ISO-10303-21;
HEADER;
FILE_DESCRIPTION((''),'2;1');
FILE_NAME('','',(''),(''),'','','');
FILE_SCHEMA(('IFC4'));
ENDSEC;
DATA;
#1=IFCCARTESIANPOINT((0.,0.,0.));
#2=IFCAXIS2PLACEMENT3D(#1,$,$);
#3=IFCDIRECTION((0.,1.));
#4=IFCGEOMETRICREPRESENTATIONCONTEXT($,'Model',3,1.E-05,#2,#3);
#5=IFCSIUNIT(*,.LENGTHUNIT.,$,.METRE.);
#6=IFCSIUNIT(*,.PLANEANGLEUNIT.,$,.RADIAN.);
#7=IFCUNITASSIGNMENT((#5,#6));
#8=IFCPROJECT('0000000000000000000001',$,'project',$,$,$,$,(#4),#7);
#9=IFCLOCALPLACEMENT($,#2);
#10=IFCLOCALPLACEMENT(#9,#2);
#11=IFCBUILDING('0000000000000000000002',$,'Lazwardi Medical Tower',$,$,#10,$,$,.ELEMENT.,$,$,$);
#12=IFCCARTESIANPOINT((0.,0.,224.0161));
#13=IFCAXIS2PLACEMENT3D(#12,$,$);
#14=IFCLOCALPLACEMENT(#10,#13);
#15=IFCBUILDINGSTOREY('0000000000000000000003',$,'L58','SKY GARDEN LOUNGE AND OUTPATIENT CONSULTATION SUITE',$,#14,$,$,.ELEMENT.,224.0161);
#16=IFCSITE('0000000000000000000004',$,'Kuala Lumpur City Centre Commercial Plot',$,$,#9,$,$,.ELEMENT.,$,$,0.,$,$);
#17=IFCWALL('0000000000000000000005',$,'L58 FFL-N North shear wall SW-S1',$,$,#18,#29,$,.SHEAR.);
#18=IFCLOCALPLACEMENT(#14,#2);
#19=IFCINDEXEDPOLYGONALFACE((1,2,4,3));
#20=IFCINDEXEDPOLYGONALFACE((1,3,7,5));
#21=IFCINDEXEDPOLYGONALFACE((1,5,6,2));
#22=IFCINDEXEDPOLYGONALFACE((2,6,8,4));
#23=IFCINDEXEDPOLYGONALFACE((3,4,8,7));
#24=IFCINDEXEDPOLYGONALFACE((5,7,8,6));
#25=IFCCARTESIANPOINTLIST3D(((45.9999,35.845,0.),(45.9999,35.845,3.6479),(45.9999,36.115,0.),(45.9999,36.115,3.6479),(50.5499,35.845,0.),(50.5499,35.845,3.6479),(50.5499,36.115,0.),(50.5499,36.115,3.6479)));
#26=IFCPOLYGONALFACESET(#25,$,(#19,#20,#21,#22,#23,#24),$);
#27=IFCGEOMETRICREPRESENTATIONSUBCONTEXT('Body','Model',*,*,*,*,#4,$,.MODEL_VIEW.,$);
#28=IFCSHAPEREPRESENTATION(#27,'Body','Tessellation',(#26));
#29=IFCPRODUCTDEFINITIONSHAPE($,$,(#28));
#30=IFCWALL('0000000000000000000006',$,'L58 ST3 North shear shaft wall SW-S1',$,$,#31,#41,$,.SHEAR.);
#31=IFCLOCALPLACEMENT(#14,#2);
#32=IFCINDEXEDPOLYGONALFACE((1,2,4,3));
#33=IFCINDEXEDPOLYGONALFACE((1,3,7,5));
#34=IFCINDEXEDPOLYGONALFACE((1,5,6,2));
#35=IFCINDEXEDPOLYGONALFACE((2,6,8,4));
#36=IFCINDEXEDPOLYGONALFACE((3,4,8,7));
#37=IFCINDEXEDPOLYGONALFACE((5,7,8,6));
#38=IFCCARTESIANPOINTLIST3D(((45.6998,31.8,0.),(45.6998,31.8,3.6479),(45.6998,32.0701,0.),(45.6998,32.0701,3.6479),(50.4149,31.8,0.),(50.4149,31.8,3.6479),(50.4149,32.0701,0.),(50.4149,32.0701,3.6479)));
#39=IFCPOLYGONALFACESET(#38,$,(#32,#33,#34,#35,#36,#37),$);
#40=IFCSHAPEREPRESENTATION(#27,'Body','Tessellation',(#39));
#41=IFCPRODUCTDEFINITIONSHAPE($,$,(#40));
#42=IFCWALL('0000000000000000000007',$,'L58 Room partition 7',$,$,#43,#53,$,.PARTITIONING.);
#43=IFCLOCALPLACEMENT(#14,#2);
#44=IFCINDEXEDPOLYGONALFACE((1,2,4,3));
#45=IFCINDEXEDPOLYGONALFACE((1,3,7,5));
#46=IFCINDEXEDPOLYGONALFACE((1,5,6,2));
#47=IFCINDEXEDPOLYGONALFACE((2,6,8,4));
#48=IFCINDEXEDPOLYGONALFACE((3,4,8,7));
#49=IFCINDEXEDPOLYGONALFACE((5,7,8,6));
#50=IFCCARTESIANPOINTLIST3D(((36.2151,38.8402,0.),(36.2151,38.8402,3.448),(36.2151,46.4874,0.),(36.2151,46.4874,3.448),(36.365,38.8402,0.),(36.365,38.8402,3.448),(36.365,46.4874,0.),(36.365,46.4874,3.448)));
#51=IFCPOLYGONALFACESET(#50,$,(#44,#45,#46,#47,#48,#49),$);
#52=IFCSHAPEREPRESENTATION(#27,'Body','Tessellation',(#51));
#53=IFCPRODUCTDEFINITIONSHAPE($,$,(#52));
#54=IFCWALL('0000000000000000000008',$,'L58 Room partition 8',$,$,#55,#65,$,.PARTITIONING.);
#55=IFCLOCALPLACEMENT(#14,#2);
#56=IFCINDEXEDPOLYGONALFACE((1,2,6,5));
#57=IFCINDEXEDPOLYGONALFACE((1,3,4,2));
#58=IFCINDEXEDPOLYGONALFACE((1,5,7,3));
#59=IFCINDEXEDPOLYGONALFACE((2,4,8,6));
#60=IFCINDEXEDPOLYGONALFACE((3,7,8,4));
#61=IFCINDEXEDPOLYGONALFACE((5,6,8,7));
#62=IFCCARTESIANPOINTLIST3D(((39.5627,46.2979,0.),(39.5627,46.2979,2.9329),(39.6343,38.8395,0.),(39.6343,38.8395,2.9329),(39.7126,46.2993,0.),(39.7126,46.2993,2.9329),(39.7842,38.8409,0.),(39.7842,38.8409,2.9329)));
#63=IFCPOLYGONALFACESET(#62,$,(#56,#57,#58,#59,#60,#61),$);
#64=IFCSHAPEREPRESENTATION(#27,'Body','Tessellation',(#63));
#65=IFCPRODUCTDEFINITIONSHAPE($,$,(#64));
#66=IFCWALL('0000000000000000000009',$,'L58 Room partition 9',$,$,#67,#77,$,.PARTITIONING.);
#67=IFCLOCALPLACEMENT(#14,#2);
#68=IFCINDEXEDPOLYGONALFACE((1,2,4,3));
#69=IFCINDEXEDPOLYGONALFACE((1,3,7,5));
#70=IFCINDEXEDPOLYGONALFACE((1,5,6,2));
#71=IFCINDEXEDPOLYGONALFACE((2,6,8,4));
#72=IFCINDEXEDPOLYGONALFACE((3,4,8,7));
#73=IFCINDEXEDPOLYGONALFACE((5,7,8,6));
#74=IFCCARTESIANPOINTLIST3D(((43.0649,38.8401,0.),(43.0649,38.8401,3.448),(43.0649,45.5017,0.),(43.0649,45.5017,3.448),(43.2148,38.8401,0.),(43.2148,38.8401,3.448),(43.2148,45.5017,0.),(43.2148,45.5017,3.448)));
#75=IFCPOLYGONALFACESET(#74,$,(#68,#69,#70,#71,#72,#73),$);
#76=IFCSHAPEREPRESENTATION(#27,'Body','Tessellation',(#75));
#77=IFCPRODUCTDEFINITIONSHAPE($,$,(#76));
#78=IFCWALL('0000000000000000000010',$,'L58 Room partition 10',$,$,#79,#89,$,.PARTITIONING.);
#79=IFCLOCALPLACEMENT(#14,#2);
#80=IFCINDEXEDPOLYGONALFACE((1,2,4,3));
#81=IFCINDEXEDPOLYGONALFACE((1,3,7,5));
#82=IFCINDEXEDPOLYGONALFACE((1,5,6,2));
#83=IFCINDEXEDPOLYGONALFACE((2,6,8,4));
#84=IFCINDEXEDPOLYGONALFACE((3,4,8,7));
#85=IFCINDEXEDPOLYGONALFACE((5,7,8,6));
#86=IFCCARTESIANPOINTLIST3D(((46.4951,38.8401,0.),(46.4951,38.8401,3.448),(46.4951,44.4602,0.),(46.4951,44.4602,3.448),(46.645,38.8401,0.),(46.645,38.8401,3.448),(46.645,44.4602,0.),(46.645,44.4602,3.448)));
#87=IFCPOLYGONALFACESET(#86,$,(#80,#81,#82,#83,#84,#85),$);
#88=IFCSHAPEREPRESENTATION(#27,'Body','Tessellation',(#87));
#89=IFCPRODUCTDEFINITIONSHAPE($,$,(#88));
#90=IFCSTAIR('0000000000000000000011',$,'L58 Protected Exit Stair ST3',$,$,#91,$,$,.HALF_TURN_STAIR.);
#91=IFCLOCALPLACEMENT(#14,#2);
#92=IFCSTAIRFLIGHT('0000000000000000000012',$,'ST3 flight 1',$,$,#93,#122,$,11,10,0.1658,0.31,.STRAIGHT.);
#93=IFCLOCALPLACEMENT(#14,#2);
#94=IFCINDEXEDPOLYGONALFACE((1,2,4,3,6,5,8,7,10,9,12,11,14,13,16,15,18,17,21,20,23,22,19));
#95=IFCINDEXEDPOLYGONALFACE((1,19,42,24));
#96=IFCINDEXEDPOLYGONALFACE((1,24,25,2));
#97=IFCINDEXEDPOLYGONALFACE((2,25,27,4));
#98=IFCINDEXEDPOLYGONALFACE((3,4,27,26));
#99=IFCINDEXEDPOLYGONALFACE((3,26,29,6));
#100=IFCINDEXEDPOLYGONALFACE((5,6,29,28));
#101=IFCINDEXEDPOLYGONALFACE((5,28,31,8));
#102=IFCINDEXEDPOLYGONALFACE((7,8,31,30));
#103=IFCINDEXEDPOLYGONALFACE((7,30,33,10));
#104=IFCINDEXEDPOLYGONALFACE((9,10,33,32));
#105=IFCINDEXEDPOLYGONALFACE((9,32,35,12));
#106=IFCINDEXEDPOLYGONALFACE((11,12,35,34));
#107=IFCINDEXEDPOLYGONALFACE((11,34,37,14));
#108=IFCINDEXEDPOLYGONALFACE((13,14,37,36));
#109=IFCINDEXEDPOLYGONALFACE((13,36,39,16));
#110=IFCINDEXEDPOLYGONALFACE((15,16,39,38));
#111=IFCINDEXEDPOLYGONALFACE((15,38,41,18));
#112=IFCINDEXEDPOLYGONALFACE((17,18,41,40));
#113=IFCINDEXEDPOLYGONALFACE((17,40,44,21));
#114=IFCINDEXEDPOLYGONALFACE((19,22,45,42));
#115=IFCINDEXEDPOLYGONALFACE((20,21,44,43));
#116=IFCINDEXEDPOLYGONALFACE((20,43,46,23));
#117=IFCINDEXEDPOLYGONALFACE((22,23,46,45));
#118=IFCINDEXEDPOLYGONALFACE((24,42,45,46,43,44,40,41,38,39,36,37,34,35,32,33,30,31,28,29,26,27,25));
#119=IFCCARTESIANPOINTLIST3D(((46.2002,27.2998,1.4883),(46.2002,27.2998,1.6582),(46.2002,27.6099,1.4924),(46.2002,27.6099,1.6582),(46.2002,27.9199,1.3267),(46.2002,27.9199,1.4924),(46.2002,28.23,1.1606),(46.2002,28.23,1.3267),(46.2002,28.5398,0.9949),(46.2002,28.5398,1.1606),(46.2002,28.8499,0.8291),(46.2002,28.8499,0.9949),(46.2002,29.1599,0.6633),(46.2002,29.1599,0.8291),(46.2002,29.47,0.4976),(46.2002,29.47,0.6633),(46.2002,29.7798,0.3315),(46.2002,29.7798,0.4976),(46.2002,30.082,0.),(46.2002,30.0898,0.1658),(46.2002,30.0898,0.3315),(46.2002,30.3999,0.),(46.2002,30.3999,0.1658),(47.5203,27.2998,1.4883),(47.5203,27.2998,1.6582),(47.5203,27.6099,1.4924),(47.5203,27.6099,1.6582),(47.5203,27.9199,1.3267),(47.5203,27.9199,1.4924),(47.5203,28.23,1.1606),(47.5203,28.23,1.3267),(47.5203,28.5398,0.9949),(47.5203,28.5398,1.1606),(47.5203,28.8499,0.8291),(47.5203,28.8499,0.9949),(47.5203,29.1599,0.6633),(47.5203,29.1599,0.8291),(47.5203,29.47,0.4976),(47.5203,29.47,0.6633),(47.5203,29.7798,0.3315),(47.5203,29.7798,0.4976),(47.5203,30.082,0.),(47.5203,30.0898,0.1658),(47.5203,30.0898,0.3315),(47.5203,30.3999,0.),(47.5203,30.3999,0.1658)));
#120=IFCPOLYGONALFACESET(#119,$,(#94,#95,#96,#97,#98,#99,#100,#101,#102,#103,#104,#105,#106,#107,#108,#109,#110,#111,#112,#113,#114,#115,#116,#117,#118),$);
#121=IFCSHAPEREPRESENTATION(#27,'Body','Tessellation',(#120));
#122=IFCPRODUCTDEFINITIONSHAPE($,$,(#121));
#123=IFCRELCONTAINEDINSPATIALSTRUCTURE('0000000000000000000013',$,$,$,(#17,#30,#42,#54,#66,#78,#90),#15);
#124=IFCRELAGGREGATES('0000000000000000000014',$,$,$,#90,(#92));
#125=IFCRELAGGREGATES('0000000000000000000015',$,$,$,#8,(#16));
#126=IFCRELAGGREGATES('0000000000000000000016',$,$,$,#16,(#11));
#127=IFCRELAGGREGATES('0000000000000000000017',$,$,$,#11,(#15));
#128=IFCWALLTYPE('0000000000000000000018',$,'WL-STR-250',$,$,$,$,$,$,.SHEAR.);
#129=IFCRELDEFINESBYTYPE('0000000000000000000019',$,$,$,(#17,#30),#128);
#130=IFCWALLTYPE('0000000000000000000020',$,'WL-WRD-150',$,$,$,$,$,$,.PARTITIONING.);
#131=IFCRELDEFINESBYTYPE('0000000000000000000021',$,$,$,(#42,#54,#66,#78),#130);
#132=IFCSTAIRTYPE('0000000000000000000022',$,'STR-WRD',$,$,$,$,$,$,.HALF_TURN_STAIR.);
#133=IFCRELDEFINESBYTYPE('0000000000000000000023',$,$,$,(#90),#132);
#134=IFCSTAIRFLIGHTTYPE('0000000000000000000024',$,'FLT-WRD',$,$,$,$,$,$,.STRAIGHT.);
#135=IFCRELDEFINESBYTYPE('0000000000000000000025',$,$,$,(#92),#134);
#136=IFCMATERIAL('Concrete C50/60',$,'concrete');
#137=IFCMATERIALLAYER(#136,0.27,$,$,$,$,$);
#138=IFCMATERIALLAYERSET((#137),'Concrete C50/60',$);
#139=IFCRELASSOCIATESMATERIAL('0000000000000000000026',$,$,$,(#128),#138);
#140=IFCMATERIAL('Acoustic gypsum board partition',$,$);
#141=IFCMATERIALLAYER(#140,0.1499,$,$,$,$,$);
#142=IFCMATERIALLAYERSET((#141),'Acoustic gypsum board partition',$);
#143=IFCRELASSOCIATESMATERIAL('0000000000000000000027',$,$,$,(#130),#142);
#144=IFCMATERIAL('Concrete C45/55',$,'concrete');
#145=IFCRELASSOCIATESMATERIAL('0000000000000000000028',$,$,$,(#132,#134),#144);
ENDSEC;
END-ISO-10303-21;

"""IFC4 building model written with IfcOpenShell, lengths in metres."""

from ifc_helpers import new_model, si_unit, direction, frame, frame_2d, origin, place, context, subcontext, project, spatial, polyline, rectangle, outline, extrude, material, layer, layer_set, type_object, element, aggregate, save


model = new_model("IFC4")

# Units and contexts
model_context = context("Model", 3, precision=1e-05, world=origin(), true_north=direction((0.0, 1.0)))
body_context = subcontext(model_context, "Body", "Model", "MODEL_VIEW")
ifc_project = project(units=[si_unit("LENGTHUNIT", "METRE"), si_unit("PLANEANGLEUNIT", "RADIAN")], contexts=[model_context])

# Site, building, storey
site_placement = place(None, origin())
site = spatial("IfcSite", under=ifc_project, at=site_placement, Name="Kuala Lumpur City Centre Commercial Plot", CompositionType="ELEMENT", RefElevation=0.0)
building_placement = place(site_placement, origin())
building = spatial("IfcBuilding", under=site, at=building_placement, Name="Lazwardi Medical Tower", CompositionType="ELEMENT")
storey_placement = place(building_placement, frame((0.0, 0.0, 224.0161)))
storey = spatial("IfcBuildingStorey", under=building, at=storey_placement, Name="L58", Description="SKY GARDEN LOUNGE AND OUTPATIENT CONSULTATION SUITE", CompositionType="ELEMENT", Elevation=224.0161)

# Shared definitions
ifc_material_1 = material(Name="Concrete C50/60", Category="concrete")
ifc_layer_1 = layer(ifc_material_1, 0.27)
ifc_layer_set_1 = layer_set([ifc_layer_1], Name="Concrete C50/60")
wall_type_1 = type_object("IfcWallType", Name="WL-STR-250", PredefinedType="SHEAR", material=ifc_layer_set_1)

# Walls
wall_1_placement = place(storey_placement, frame((46.0, 35.98, 0.0), z_axis=(0.0, 0.0, 1.0), x_axis=(1.0, 0.0, 0.0)))
element("IfcWall", 1, at=wall_1_placement, inside=storey, type_object=wall_type_1, Name="L58 FFL-N North shear wall SW-S1", PredefinedType="SHEAR", context=body_context, shape_type="SweptSolid", body=[
    extrude(rectangle(XDim=4.55, YDim=0.27, at=frame_2d((2.2749, 0.0))), origin(), (0.0, 0.0, 1.0), 3.6479),
])
wall_2_placement = place(storey_placement, frame((45.7, 31.9351, 0.0), z_axis=(0.0, 0.0, 1.0), x_axis=(1.0, 0.0, 0.0)))
element("IfcWall", 2, at=wall_2_placement, inside=storey, type_object=wall_type_1, Name="L58 ST3 North shear shaft wall SW-S1", PredefinedType="SHEAR", context=body_context, shape_type="SweptSolid", body=[
    extrude(rectangle(XDim=4.7151, YDim=0.27, at=frame_2d((2.3574, 0.0))), origin(), (0.0, 0.0, 1.0), 3.6479),
])
ifc_material_2 = material(Name="Acoustic gypsum board partition")
ifc_layer_2 = layer(ifc_material_2, 0.1499)
ifc_layer_set_2 = layer_set([ifc_layer_2], Name="Acoustic gypsum board partition")
wall_type_2 = type_object("IfcWallType", Name="WL-WRD-150", PredefinedType="PARTITIONING", material=ifc_layer_set_2)
wall_3_placement = place(storey_placement, frame((36.29, 38.8401, 0.0), z_axis=(0.0, 0.0, 1.0), x_axis=(0.0, 1.0, 0.0)))
element("IfcWall", 3, at=wall_3_placement, inside=storey, type_object=wall_type_2, Name="L58 Room partition 7", PredefinedType="PARTITIONING", context=body_context, shape_type="SweptSolid", body=[
    extrude(rectangle(XDim=7.6472, YDim=0.1499, at=frame_2d((3.8237, 0.0))), origin(), (0.0, 0.0, 1.0), 3.448),
])
wall_4_placement = place(storey_placement, frame((39.7092, 38.8401, 0.0), z_axis=(0.0, 0.0, 1.0), x_axis=(-0.00959, 0.999954, 0.0)))
element("IfcWall", 4, at=wall_4_placement, inside=storey, type_object=wall_type_2, Name="L58 Room partition 8", PredefinedType="PARTITIONING", context=body_context, shape_type="SweptSolid", body=[
    extrude(rectangle(XDim=7.4587, YDim=0.1499, at=frame_2d((3.7295, 0.0))), origin(), (0.0, 0.0, 1.0), 2.9329),
])
wall_5_placement = place(storey_placement, frame((43.1399, 38.8401, 0.0), z_axis=(0.0, 0.0, 1.0), x_axis=(0.0, 1.0, 0.0)))
element("IfcWall", 5, at=wall_5_placement, inside=storey, type_object=wall_type_2, Name="L58 Room partition 9", PredefinedType="PARTITIONING", context=body_context, shape_type="SweptSolid", body=[
    extrude(rectangle(XDim=6.6616, YDim=0.1499, at=frame_2d((3.3308, 0.0))), origin(), (0.0, 0.0, 1.0), 3.448),
])
wall_6_placement = place(storey_placement, frame((46.5701, 38.8401, 0.0), z_axis=(0.0, 0.0, 1.0), x_axis=(0.0, 1.0, 0.0)))
element("IfcWall", 6, at=wall_6_placement, inside=storey, type_object=wall_type_2, Name="L58 Room partition 10", PredefinedType="PARTITIONING", context=body_context, shape_type="SweptSolid", body=[
    extrude(rectangle(XDim=5.6201, YDim=0.1499, at=frame_2d((2.8101, 0.0))), origin(), (0.0, 0.0, 1.0), 3.448),
])

# Stair, stair flight
ifc_material_3 = material(Name="Concrete C45/55", Category="concrete")
stair_type = type_object("IfcStairType", Name="STR-WRD", PredefinedType="HALF_TURN_STAIR", material=ifc_material_3)
stair_placement = place(storey_placement, origin())
stair = element("IfcStair", 7, at=stair_placement, inside=storey, type_object=stair_type, Name="L58 Protected Exit Stair ST3", PredefinedType="HALF_TURN_STAIR")
stair_flight_type = type_object("IfcStairFlightType", Name="FLT-WRD", PredefinedType="STRAIGHT", material=ifc_material_3)
stair_flight_placement = place(storey_placement, frame((46.8601, 30.3999, 0.0), z_axis=(0.0, 0.0, 1.0), x_axis=(0.0, -1.0, 0.0)))
stair_flight = element("IfcStairFlight", 8, at=stair_flight_placement, type_object=stair_flight_type, Name="ST3 flight 1", NumberOfRisers=11, NumberOfTreads=10, PredefinedType="STRAIGHT", RiserHeight=0.1658, TreadLength=0.31, context=body_context, shape_type="SweptSolid", body=[
    extrude(outline(polyline([(0.0, 0.0), (0.0, 0.1658), (0.3101, 0.1658), (0.3101, 0.3315), (0.6201, 0.3315), (0.6201, 0.4976), (0.9299, 0.4976), (0.9299, 0.6633), (1.24, 0.6633), (1.24, 0.8291), (1.55, 0.8291), (1.55, 0.9949), (1.8601, 0.9949), (1.8601, 1.1606), (2.1699, 1.1606), (2.1699, 1.3267), (2.48, 1.3267), (2.48, 1.4924), (2.79, 1.4924), (2.79, 1.6582), (3.1001, 1.6582), (3.1001, 1.824), (3.1001, 1.4883), (0.3179, 0.0), (0.0, 0.0)])), frame((0.0, 0.6602, 0.0), z_axis=(0.0, -1.0, 0.0), x_axis=(1.0, 0.0, 0.0)), (0.0, 0.0, 1.0), 1.3201),
])
aggregate(stair, [stair_flight])

save(model, "model.ifc")
